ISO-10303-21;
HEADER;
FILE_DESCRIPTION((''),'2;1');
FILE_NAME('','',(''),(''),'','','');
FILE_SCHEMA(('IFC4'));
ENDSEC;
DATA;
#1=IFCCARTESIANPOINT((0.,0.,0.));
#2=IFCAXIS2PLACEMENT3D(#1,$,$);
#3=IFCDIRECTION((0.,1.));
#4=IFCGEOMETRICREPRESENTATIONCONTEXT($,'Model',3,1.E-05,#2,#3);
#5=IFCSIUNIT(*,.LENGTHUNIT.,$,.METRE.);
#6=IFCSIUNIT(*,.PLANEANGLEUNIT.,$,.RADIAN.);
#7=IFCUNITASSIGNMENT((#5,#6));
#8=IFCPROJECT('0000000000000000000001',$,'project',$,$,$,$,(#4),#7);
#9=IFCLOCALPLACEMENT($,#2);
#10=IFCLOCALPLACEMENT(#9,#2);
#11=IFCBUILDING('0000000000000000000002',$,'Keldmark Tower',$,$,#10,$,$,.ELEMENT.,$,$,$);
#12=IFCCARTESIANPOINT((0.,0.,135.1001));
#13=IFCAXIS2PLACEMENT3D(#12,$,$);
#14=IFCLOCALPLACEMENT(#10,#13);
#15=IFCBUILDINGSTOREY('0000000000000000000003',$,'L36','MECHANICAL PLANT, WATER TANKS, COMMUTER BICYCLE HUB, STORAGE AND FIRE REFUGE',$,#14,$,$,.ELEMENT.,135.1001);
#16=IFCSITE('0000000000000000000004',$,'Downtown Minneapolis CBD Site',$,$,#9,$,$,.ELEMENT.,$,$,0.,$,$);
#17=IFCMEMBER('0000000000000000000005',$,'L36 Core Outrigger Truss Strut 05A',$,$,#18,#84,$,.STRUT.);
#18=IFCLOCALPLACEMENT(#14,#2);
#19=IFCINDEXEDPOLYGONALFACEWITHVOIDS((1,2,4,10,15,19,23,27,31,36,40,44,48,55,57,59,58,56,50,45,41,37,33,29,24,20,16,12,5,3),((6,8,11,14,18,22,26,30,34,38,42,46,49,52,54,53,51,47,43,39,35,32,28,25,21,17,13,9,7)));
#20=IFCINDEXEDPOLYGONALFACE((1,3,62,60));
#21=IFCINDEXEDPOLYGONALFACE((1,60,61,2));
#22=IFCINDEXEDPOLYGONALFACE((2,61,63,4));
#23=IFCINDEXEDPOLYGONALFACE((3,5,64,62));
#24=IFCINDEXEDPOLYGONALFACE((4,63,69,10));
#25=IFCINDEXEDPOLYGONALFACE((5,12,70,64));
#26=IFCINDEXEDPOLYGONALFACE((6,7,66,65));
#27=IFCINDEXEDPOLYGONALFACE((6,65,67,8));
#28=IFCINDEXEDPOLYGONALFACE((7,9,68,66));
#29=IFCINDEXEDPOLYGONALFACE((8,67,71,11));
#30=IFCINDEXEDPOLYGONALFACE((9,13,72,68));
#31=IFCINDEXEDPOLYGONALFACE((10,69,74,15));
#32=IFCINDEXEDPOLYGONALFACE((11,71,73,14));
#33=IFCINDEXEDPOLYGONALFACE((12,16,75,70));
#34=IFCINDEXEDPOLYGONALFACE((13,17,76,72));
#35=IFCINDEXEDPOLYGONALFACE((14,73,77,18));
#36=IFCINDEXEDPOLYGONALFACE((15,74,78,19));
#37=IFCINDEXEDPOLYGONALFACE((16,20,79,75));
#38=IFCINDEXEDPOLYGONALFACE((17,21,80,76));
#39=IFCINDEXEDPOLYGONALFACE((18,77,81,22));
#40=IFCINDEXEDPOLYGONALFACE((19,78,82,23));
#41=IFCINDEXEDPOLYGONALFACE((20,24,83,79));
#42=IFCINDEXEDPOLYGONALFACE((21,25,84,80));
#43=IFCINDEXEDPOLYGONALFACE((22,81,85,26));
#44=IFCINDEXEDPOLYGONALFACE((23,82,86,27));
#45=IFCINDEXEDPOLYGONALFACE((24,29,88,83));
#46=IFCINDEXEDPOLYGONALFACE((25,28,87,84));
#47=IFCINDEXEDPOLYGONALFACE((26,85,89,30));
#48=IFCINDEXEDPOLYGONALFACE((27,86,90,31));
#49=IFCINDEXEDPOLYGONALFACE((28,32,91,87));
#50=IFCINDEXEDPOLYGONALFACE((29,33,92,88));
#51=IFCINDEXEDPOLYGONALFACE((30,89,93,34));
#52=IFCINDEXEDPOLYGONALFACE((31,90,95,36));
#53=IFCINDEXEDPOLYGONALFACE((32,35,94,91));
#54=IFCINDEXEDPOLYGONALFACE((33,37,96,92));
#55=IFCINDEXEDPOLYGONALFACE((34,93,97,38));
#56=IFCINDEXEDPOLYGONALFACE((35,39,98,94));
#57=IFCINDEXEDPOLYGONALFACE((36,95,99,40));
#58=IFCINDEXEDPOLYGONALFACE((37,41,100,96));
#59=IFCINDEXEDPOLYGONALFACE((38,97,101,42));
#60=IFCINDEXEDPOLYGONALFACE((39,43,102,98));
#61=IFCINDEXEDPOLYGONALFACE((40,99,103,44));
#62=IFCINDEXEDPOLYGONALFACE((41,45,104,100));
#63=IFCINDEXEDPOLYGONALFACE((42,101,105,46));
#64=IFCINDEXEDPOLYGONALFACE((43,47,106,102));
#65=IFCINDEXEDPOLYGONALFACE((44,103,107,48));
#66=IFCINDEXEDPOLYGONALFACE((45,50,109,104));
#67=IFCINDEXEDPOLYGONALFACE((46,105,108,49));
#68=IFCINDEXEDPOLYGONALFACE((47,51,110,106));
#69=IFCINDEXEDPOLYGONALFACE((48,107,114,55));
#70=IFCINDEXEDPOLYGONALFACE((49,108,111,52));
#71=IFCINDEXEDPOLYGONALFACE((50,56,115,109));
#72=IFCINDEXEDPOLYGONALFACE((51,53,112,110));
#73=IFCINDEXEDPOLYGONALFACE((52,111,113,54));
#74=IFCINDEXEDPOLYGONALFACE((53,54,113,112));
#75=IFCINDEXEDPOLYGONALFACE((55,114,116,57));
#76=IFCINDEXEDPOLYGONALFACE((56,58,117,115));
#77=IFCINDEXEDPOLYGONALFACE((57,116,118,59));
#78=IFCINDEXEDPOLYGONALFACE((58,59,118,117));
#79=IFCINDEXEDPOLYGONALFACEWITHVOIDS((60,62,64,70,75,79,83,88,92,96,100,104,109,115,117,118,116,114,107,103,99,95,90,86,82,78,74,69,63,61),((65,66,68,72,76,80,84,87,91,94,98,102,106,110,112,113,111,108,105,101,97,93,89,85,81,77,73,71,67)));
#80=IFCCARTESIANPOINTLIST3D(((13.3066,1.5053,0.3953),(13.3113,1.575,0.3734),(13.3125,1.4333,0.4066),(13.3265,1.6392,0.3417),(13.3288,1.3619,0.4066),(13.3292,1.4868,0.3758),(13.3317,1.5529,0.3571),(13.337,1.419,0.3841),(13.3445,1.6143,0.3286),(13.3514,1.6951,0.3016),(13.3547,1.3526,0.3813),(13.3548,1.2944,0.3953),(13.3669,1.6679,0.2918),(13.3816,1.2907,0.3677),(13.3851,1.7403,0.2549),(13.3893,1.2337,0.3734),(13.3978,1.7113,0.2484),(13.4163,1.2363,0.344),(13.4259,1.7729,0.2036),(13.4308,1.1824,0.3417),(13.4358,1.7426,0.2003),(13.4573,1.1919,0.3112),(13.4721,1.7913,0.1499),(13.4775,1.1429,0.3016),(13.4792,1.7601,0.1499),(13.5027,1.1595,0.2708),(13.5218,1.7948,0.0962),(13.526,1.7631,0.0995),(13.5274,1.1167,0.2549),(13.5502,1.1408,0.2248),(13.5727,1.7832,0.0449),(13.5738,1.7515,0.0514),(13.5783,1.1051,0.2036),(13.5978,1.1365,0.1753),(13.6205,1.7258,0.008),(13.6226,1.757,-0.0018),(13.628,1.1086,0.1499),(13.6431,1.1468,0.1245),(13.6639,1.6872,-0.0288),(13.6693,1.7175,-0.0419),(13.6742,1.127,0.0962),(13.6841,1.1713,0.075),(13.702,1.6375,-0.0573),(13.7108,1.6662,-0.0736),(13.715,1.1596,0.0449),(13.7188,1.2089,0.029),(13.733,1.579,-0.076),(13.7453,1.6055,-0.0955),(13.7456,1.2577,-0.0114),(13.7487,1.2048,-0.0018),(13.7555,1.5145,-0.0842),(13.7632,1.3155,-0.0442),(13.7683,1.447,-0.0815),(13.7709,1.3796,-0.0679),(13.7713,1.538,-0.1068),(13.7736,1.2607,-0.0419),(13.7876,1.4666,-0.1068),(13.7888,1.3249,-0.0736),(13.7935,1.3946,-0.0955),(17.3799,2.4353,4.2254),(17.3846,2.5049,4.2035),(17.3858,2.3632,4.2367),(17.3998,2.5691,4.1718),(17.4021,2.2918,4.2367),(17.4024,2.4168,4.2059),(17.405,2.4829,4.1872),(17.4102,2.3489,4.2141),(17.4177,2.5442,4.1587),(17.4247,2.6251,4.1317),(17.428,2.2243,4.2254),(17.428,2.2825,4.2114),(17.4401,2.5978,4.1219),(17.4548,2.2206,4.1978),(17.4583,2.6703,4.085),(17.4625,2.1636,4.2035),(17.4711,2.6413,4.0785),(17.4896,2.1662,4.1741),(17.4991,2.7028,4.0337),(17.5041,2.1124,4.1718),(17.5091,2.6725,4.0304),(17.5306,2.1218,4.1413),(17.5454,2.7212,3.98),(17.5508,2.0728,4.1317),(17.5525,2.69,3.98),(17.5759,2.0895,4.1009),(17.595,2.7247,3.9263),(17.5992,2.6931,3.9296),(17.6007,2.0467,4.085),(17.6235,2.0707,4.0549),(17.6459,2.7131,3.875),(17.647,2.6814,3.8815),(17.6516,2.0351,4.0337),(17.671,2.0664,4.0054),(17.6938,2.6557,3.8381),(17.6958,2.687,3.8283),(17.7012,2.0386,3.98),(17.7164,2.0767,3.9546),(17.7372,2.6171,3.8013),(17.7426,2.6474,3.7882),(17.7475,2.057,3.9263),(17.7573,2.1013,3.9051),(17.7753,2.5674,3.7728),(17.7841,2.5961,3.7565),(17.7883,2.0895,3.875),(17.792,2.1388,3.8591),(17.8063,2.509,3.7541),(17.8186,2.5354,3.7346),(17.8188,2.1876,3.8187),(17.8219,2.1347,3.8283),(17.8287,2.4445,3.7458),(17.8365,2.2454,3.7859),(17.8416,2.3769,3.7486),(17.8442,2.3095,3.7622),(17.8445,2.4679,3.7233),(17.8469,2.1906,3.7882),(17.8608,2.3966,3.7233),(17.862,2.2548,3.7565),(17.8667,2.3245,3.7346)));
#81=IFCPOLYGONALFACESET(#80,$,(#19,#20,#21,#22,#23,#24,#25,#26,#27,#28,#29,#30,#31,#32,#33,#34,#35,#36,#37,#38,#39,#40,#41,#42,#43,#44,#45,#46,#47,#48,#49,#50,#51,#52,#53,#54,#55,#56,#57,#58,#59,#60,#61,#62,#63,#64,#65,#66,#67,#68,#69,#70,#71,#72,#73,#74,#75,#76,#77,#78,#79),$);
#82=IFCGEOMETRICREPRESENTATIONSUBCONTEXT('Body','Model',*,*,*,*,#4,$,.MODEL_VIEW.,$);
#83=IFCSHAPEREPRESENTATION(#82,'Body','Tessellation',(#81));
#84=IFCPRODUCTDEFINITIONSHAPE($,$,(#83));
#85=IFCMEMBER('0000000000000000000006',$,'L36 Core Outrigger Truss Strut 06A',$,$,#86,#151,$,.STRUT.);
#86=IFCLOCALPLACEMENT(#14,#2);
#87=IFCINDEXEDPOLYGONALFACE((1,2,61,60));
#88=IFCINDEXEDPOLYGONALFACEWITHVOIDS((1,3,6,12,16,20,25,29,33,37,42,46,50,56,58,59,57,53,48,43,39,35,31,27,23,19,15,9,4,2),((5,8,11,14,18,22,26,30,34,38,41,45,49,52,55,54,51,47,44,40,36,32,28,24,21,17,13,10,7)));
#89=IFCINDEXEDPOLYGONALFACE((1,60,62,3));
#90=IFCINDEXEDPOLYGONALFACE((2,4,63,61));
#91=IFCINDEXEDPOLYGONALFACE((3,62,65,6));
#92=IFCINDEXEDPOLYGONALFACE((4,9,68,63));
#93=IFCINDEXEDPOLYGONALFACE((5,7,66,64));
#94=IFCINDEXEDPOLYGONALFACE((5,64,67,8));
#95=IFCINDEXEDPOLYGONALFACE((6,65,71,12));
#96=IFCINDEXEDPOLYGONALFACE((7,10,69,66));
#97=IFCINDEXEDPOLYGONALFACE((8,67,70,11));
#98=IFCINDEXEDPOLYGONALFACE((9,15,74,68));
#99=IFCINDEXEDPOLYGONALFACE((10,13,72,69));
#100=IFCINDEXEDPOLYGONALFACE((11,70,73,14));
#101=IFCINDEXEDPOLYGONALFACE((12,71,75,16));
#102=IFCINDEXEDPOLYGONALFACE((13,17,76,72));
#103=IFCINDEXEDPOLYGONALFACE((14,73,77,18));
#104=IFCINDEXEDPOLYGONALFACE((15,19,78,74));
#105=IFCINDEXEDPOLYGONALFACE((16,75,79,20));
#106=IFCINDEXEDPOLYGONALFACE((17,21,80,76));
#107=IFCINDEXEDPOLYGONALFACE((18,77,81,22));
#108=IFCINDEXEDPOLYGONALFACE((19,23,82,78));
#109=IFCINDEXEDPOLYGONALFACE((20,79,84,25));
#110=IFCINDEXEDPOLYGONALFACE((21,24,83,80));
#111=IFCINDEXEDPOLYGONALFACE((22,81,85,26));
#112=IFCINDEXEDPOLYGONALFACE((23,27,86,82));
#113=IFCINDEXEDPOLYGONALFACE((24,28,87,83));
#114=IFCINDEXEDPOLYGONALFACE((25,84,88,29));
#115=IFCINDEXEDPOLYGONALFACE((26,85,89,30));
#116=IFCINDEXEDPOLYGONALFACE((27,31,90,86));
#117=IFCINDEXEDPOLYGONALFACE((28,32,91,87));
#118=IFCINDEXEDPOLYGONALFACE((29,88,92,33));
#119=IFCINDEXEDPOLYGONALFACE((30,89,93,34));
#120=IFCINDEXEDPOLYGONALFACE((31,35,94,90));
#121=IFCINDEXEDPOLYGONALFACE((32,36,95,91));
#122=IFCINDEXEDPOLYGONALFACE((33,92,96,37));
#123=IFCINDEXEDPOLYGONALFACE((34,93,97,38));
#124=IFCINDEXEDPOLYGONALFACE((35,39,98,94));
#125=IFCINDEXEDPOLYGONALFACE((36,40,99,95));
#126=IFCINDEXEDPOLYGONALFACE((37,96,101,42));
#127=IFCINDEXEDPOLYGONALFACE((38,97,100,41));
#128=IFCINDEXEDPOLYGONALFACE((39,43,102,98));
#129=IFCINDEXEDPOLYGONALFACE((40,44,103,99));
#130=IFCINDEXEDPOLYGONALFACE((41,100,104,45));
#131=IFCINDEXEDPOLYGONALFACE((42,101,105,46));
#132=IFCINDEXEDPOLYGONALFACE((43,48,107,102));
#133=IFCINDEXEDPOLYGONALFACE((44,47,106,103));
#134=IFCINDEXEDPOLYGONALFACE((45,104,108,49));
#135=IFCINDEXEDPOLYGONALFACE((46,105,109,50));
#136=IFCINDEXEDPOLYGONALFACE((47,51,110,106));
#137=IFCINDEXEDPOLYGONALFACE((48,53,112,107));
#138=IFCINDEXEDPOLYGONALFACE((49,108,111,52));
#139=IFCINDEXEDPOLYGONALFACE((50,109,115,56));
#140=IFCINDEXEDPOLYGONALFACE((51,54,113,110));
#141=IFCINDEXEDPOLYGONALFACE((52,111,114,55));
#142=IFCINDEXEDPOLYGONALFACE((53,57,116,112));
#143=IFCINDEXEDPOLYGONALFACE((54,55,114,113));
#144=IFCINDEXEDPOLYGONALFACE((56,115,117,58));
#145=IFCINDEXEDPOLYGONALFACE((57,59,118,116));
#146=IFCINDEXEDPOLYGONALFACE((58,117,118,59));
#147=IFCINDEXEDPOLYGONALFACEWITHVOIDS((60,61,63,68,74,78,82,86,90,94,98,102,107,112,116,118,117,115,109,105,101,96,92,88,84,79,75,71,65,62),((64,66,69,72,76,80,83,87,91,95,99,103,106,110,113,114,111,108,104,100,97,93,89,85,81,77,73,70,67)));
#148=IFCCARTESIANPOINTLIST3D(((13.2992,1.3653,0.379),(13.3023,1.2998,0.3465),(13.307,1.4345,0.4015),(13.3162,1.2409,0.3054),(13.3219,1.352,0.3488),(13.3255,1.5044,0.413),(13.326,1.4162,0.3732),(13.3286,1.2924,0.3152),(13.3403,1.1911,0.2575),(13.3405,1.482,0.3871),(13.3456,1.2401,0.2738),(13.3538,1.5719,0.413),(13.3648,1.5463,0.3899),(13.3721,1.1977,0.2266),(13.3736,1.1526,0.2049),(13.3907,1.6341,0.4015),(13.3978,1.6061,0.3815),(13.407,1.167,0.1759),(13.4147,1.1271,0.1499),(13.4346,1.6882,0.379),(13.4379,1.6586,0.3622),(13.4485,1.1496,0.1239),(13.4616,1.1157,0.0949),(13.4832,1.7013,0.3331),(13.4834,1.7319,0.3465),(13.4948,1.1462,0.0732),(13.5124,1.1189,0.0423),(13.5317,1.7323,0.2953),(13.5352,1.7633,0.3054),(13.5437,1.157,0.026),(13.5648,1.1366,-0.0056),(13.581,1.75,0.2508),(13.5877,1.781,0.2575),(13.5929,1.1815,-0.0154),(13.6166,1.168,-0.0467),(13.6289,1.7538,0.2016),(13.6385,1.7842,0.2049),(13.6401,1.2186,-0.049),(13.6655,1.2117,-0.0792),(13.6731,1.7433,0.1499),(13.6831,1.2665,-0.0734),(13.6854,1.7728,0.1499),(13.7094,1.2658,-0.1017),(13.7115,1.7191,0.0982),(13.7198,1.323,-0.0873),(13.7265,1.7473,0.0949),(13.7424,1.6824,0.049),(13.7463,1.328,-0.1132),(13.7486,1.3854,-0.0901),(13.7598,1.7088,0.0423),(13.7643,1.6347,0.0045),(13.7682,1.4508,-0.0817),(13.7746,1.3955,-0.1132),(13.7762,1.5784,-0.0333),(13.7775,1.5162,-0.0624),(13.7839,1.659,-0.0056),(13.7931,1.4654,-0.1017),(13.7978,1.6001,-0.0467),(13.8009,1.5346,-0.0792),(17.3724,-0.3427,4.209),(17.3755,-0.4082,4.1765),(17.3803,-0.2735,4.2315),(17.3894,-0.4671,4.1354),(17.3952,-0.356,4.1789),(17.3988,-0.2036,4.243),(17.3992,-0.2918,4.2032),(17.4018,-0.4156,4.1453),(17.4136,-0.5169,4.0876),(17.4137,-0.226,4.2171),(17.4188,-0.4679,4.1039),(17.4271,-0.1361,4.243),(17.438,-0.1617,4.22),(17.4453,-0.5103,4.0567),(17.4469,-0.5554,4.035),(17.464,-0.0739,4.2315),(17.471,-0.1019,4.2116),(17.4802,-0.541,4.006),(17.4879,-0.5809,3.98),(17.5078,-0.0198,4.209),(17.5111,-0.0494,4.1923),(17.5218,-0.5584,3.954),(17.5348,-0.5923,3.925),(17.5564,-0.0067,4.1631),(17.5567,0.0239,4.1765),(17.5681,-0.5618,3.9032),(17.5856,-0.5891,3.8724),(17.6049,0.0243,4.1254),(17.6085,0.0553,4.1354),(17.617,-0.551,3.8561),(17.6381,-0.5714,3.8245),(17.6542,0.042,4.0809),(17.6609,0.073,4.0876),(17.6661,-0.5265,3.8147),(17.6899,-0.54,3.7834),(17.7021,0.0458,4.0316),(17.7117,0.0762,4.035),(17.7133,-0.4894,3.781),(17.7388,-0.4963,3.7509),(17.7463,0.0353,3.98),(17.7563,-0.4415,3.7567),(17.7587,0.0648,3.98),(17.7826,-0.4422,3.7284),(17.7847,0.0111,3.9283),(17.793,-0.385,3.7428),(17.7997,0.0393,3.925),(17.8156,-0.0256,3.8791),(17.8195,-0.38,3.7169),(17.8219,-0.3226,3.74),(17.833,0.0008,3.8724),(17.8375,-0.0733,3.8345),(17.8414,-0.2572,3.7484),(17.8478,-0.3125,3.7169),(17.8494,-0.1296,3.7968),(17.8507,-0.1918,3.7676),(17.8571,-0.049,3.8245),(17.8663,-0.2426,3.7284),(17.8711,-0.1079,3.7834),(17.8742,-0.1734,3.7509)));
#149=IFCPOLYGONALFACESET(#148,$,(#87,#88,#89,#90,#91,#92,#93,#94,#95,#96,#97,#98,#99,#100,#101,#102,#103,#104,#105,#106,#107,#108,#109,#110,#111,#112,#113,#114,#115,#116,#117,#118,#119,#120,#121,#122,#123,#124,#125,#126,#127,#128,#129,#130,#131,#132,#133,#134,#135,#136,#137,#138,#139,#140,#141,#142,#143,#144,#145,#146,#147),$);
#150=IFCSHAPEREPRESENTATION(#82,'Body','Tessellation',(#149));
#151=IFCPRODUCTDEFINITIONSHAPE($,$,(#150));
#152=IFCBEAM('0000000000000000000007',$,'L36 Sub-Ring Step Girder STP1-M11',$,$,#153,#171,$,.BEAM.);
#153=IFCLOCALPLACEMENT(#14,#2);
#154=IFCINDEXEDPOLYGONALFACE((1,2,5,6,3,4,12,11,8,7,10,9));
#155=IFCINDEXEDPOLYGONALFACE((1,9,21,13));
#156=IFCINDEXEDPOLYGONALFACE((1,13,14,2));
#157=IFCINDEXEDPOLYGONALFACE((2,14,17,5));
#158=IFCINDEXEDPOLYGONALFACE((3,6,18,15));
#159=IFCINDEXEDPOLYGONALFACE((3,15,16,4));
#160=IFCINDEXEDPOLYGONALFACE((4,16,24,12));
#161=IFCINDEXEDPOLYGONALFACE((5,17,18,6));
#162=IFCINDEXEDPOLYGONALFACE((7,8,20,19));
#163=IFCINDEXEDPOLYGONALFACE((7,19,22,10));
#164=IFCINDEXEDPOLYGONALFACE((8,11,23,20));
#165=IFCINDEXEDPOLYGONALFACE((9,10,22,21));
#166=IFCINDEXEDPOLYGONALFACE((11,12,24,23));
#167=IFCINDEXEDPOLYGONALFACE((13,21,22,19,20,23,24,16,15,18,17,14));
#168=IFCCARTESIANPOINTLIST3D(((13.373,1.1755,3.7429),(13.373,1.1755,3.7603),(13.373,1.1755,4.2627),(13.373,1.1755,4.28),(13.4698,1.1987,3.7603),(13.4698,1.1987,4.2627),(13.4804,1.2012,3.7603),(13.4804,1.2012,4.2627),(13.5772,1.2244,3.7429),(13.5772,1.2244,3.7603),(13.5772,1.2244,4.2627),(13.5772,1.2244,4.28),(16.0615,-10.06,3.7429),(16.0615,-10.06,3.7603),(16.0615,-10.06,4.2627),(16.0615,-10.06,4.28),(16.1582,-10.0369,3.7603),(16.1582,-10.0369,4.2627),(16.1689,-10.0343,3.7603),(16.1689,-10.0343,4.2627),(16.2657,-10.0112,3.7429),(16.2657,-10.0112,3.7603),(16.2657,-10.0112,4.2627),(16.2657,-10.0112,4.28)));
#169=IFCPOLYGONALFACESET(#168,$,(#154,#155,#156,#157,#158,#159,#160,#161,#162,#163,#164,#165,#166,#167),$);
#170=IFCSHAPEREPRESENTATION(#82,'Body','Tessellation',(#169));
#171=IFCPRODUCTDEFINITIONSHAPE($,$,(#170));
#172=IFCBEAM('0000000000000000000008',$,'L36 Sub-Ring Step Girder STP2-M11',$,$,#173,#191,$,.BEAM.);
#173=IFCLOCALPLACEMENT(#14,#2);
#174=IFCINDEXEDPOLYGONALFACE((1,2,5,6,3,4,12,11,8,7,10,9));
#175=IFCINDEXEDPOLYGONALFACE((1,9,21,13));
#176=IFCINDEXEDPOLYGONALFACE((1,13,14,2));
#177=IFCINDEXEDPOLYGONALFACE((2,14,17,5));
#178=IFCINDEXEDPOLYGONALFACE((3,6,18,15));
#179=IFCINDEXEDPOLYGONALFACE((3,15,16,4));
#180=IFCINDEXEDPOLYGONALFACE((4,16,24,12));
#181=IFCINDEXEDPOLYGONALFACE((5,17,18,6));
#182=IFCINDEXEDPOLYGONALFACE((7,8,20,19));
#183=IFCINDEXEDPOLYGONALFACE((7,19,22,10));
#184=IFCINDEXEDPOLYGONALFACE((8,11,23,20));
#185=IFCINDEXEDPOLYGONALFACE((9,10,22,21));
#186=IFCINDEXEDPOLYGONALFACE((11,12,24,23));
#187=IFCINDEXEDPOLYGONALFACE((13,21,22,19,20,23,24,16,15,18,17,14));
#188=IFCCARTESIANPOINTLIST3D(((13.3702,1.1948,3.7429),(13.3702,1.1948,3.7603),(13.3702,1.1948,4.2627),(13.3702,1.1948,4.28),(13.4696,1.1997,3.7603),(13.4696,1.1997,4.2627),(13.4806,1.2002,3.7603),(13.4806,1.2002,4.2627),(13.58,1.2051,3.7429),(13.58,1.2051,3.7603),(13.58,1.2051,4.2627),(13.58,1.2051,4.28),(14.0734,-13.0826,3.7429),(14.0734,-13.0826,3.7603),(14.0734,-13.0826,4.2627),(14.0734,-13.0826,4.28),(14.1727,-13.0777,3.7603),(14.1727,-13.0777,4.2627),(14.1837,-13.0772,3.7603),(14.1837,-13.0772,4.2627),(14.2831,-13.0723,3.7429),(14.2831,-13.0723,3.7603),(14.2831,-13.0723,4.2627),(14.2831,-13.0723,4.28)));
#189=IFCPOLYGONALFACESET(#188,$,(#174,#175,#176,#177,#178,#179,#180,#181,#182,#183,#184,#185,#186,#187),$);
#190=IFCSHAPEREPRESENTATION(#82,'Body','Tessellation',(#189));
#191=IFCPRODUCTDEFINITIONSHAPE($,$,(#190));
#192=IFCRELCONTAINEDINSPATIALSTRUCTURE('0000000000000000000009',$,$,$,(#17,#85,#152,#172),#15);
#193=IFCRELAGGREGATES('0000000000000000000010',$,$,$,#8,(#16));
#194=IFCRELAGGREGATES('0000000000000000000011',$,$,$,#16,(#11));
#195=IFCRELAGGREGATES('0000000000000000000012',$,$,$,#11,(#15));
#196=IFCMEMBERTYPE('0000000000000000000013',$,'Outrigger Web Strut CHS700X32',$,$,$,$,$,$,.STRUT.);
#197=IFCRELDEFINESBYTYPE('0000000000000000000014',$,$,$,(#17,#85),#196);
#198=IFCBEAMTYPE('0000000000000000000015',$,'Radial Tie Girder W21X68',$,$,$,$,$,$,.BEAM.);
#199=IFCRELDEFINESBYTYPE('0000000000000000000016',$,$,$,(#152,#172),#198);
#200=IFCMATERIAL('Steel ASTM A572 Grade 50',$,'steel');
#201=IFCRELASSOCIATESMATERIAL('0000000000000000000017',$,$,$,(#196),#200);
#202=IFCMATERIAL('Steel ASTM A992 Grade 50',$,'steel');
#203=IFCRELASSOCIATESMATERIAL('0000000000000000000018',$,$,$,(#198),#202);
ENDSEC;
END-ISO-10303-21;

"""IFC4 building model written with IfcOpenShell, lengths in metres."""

from ifc_helpers import new_model, si_unit, direction, frame, origin, origin_2d, place, context, subcontext, project, spatial, hollow_circle, i_section, extrude, material, material_profile, profile_set, type_object, element, save


model = new_model("IFC4")

# Units and contexts
model_context = context("Model", 3, precision=1e-05, world=origin(), true_north=direction((0.0, 1.0)))
body_context = subcontext(model_context, "Body", "Model", "MODEL_VIEW")
ifc_project = project(units=[si_unit("LENGTHUNIT", "METRE"), si_unit("PLANEANGLEUNIT", "RADIAN")], contexts=[model_context])

# Site, building, storey
site_placement = place(None, origin())
site = spatial("IfcSite", under=ifc_project, at=site_placement, Name="Downtown Minneapolis CBD Site", CompositionType="ELEMENT", RefElevation=0.0)
building_placement = place(site_placement, origin())
building = spatial("IfcBuilding", under=site, at=building_placement, Name="Keldmark Tower", CompositionType="ELEMENT")
storey_placement = place(building_placement, frame((0.0, 0.0, 135.1001)))
storey = spatial("IfcBuildingStorey", under=building, at=storey_placement, Name="L36", Description="MECHANICAL PLANT, WATER TANKS, COMMUTER BICYCLE HUB, STORAGE AND FIRE REFUGE", CompositionType="ELEMENT", Elevation=135.1001)

# Members
ifc_material_1 = material(Name="Steel ASTM A572 Grade 50", Category="steel")
ifc_material_profile_1 = material_profile(ifc_material_1, hollow_circle(Radius=0.3501, WallThickness=0.032, at=origin_2d()), Name="CHS700X32")
ifc_profile_set_1 = profile_set([ifc_material_profile_1], Name="Steel ASTM A572 Grade 50")
member_type = type_object("IfcMemberType", Name="Outrigger Web Strut CHS700X32", PredefinedType="STRUT", material=ifc_profile_set_1)
member_1_placement = place(storey_placement, frame((13.55, 1.45, 0.1499), z_axis=(0.718646, 0.164069, 0.675744), x_axis=(-0.222576, 0.974915, 0.0)))
element("IfcMember", 1, at=member_1_placement, inside=storey, type_object=member_type, Name="L36 Core Outrigger Truss Strut 05A", PredefinedType="STRUT", context=body_context, shape_type="SweptSolid", body=[
    extrude(hollow_circle(Radius=0.3501, WallThickness=0.032, at=origin_2d()), origin(), (0.0, 0.0, 1.0), 5.668),
])
member_2_placement = place(storey_placement, frame((13.55, 1.45, 0.1499), z_axis=(0.696733, -0.292157, 0.655139), x_axis=(0.386702, 0.922205, 0.0)))
element("IfcMember", 2, at=member_2_placement, inside=storey, type_object=member_type, Name="L36 Core Outrigger Truss Strut 06A", PredefinedType="STRUT", context=body_context, shape_type="SweptSolid", body=[
    extrude(hollow_circle(Radius=0.3501, WallThickness=0.032, at=origin_2d()), origin(), (0.0, 0.0, 1.0), 5.8462),
])

# Beams
ifc_material_2 = material(Name="Steel ASTM A992 Grade 50", Category="steel")
ifc_material_profile_2 = material_profile(ifc_material_2, i_section(OverallWidth=0.21, OverallDepth=0.5371, WebThickness=0.011, FlangeThickness=0.0173, at=origin_2d()), Name="W21X68")
ifc_profile_set_2 = profile_set([ifc_material_profile_2], Name="Steel ASTM A992 Grade 50")
beam_type = type_object("IfcBeamType", Name="Radial Tie Girder W21X68", PredefinedType="BEAM", material=ifc_profile_set_2)
beam_1_placement = place(storey_placement, frame((13.4751, 1.2, 4.0115), z_axis=(0.232713, -0.972546, 0.0), x_axis=(0.972546, 0.232713, 0.0)))
element("IfcBeam", 3, at=beam_1_placement, inside=storey, type_object=beam_type, Name="L36 Sub-Ring Step Girder STP1-M11", PredefinedType="BEAM", context=body_context, shape_type="SweptSolid", body=[
    extrude(i_section(OverallWidth=0.21, OverallDepth=0.5371, WebThickness=0.011, FlangeThickness=0.0173, at=origin_2d()), origin(), (0.0, 0.0, 1.0), 11.5527),
])
beam_2_placement = place(storey_placement, frame((13.4751, 1.2, 4.0115), z_axis=(0.049188, -0.99879, 0.0), x_axis=(0.99879, 0.049188, 0.0)))
element("IfcBeam", 4, at=beam_2_placement, inside=storey, type_object=beam_type, Name="L36 Sub-Ring Step Girder STP2-M11", PredefinedType="BEAM", context=body_context, shape_type="SweptSolid", body=[
    extrude(i_section(OverallWidth=0.21, OverallDepth=0.5371, WebThickness=0.011, FlangeThickness=0.0173, at=origin_2d()), origin(), (0.0, 0.0, 1.0), 14.2947),
])

save(model, "model.ifc")
